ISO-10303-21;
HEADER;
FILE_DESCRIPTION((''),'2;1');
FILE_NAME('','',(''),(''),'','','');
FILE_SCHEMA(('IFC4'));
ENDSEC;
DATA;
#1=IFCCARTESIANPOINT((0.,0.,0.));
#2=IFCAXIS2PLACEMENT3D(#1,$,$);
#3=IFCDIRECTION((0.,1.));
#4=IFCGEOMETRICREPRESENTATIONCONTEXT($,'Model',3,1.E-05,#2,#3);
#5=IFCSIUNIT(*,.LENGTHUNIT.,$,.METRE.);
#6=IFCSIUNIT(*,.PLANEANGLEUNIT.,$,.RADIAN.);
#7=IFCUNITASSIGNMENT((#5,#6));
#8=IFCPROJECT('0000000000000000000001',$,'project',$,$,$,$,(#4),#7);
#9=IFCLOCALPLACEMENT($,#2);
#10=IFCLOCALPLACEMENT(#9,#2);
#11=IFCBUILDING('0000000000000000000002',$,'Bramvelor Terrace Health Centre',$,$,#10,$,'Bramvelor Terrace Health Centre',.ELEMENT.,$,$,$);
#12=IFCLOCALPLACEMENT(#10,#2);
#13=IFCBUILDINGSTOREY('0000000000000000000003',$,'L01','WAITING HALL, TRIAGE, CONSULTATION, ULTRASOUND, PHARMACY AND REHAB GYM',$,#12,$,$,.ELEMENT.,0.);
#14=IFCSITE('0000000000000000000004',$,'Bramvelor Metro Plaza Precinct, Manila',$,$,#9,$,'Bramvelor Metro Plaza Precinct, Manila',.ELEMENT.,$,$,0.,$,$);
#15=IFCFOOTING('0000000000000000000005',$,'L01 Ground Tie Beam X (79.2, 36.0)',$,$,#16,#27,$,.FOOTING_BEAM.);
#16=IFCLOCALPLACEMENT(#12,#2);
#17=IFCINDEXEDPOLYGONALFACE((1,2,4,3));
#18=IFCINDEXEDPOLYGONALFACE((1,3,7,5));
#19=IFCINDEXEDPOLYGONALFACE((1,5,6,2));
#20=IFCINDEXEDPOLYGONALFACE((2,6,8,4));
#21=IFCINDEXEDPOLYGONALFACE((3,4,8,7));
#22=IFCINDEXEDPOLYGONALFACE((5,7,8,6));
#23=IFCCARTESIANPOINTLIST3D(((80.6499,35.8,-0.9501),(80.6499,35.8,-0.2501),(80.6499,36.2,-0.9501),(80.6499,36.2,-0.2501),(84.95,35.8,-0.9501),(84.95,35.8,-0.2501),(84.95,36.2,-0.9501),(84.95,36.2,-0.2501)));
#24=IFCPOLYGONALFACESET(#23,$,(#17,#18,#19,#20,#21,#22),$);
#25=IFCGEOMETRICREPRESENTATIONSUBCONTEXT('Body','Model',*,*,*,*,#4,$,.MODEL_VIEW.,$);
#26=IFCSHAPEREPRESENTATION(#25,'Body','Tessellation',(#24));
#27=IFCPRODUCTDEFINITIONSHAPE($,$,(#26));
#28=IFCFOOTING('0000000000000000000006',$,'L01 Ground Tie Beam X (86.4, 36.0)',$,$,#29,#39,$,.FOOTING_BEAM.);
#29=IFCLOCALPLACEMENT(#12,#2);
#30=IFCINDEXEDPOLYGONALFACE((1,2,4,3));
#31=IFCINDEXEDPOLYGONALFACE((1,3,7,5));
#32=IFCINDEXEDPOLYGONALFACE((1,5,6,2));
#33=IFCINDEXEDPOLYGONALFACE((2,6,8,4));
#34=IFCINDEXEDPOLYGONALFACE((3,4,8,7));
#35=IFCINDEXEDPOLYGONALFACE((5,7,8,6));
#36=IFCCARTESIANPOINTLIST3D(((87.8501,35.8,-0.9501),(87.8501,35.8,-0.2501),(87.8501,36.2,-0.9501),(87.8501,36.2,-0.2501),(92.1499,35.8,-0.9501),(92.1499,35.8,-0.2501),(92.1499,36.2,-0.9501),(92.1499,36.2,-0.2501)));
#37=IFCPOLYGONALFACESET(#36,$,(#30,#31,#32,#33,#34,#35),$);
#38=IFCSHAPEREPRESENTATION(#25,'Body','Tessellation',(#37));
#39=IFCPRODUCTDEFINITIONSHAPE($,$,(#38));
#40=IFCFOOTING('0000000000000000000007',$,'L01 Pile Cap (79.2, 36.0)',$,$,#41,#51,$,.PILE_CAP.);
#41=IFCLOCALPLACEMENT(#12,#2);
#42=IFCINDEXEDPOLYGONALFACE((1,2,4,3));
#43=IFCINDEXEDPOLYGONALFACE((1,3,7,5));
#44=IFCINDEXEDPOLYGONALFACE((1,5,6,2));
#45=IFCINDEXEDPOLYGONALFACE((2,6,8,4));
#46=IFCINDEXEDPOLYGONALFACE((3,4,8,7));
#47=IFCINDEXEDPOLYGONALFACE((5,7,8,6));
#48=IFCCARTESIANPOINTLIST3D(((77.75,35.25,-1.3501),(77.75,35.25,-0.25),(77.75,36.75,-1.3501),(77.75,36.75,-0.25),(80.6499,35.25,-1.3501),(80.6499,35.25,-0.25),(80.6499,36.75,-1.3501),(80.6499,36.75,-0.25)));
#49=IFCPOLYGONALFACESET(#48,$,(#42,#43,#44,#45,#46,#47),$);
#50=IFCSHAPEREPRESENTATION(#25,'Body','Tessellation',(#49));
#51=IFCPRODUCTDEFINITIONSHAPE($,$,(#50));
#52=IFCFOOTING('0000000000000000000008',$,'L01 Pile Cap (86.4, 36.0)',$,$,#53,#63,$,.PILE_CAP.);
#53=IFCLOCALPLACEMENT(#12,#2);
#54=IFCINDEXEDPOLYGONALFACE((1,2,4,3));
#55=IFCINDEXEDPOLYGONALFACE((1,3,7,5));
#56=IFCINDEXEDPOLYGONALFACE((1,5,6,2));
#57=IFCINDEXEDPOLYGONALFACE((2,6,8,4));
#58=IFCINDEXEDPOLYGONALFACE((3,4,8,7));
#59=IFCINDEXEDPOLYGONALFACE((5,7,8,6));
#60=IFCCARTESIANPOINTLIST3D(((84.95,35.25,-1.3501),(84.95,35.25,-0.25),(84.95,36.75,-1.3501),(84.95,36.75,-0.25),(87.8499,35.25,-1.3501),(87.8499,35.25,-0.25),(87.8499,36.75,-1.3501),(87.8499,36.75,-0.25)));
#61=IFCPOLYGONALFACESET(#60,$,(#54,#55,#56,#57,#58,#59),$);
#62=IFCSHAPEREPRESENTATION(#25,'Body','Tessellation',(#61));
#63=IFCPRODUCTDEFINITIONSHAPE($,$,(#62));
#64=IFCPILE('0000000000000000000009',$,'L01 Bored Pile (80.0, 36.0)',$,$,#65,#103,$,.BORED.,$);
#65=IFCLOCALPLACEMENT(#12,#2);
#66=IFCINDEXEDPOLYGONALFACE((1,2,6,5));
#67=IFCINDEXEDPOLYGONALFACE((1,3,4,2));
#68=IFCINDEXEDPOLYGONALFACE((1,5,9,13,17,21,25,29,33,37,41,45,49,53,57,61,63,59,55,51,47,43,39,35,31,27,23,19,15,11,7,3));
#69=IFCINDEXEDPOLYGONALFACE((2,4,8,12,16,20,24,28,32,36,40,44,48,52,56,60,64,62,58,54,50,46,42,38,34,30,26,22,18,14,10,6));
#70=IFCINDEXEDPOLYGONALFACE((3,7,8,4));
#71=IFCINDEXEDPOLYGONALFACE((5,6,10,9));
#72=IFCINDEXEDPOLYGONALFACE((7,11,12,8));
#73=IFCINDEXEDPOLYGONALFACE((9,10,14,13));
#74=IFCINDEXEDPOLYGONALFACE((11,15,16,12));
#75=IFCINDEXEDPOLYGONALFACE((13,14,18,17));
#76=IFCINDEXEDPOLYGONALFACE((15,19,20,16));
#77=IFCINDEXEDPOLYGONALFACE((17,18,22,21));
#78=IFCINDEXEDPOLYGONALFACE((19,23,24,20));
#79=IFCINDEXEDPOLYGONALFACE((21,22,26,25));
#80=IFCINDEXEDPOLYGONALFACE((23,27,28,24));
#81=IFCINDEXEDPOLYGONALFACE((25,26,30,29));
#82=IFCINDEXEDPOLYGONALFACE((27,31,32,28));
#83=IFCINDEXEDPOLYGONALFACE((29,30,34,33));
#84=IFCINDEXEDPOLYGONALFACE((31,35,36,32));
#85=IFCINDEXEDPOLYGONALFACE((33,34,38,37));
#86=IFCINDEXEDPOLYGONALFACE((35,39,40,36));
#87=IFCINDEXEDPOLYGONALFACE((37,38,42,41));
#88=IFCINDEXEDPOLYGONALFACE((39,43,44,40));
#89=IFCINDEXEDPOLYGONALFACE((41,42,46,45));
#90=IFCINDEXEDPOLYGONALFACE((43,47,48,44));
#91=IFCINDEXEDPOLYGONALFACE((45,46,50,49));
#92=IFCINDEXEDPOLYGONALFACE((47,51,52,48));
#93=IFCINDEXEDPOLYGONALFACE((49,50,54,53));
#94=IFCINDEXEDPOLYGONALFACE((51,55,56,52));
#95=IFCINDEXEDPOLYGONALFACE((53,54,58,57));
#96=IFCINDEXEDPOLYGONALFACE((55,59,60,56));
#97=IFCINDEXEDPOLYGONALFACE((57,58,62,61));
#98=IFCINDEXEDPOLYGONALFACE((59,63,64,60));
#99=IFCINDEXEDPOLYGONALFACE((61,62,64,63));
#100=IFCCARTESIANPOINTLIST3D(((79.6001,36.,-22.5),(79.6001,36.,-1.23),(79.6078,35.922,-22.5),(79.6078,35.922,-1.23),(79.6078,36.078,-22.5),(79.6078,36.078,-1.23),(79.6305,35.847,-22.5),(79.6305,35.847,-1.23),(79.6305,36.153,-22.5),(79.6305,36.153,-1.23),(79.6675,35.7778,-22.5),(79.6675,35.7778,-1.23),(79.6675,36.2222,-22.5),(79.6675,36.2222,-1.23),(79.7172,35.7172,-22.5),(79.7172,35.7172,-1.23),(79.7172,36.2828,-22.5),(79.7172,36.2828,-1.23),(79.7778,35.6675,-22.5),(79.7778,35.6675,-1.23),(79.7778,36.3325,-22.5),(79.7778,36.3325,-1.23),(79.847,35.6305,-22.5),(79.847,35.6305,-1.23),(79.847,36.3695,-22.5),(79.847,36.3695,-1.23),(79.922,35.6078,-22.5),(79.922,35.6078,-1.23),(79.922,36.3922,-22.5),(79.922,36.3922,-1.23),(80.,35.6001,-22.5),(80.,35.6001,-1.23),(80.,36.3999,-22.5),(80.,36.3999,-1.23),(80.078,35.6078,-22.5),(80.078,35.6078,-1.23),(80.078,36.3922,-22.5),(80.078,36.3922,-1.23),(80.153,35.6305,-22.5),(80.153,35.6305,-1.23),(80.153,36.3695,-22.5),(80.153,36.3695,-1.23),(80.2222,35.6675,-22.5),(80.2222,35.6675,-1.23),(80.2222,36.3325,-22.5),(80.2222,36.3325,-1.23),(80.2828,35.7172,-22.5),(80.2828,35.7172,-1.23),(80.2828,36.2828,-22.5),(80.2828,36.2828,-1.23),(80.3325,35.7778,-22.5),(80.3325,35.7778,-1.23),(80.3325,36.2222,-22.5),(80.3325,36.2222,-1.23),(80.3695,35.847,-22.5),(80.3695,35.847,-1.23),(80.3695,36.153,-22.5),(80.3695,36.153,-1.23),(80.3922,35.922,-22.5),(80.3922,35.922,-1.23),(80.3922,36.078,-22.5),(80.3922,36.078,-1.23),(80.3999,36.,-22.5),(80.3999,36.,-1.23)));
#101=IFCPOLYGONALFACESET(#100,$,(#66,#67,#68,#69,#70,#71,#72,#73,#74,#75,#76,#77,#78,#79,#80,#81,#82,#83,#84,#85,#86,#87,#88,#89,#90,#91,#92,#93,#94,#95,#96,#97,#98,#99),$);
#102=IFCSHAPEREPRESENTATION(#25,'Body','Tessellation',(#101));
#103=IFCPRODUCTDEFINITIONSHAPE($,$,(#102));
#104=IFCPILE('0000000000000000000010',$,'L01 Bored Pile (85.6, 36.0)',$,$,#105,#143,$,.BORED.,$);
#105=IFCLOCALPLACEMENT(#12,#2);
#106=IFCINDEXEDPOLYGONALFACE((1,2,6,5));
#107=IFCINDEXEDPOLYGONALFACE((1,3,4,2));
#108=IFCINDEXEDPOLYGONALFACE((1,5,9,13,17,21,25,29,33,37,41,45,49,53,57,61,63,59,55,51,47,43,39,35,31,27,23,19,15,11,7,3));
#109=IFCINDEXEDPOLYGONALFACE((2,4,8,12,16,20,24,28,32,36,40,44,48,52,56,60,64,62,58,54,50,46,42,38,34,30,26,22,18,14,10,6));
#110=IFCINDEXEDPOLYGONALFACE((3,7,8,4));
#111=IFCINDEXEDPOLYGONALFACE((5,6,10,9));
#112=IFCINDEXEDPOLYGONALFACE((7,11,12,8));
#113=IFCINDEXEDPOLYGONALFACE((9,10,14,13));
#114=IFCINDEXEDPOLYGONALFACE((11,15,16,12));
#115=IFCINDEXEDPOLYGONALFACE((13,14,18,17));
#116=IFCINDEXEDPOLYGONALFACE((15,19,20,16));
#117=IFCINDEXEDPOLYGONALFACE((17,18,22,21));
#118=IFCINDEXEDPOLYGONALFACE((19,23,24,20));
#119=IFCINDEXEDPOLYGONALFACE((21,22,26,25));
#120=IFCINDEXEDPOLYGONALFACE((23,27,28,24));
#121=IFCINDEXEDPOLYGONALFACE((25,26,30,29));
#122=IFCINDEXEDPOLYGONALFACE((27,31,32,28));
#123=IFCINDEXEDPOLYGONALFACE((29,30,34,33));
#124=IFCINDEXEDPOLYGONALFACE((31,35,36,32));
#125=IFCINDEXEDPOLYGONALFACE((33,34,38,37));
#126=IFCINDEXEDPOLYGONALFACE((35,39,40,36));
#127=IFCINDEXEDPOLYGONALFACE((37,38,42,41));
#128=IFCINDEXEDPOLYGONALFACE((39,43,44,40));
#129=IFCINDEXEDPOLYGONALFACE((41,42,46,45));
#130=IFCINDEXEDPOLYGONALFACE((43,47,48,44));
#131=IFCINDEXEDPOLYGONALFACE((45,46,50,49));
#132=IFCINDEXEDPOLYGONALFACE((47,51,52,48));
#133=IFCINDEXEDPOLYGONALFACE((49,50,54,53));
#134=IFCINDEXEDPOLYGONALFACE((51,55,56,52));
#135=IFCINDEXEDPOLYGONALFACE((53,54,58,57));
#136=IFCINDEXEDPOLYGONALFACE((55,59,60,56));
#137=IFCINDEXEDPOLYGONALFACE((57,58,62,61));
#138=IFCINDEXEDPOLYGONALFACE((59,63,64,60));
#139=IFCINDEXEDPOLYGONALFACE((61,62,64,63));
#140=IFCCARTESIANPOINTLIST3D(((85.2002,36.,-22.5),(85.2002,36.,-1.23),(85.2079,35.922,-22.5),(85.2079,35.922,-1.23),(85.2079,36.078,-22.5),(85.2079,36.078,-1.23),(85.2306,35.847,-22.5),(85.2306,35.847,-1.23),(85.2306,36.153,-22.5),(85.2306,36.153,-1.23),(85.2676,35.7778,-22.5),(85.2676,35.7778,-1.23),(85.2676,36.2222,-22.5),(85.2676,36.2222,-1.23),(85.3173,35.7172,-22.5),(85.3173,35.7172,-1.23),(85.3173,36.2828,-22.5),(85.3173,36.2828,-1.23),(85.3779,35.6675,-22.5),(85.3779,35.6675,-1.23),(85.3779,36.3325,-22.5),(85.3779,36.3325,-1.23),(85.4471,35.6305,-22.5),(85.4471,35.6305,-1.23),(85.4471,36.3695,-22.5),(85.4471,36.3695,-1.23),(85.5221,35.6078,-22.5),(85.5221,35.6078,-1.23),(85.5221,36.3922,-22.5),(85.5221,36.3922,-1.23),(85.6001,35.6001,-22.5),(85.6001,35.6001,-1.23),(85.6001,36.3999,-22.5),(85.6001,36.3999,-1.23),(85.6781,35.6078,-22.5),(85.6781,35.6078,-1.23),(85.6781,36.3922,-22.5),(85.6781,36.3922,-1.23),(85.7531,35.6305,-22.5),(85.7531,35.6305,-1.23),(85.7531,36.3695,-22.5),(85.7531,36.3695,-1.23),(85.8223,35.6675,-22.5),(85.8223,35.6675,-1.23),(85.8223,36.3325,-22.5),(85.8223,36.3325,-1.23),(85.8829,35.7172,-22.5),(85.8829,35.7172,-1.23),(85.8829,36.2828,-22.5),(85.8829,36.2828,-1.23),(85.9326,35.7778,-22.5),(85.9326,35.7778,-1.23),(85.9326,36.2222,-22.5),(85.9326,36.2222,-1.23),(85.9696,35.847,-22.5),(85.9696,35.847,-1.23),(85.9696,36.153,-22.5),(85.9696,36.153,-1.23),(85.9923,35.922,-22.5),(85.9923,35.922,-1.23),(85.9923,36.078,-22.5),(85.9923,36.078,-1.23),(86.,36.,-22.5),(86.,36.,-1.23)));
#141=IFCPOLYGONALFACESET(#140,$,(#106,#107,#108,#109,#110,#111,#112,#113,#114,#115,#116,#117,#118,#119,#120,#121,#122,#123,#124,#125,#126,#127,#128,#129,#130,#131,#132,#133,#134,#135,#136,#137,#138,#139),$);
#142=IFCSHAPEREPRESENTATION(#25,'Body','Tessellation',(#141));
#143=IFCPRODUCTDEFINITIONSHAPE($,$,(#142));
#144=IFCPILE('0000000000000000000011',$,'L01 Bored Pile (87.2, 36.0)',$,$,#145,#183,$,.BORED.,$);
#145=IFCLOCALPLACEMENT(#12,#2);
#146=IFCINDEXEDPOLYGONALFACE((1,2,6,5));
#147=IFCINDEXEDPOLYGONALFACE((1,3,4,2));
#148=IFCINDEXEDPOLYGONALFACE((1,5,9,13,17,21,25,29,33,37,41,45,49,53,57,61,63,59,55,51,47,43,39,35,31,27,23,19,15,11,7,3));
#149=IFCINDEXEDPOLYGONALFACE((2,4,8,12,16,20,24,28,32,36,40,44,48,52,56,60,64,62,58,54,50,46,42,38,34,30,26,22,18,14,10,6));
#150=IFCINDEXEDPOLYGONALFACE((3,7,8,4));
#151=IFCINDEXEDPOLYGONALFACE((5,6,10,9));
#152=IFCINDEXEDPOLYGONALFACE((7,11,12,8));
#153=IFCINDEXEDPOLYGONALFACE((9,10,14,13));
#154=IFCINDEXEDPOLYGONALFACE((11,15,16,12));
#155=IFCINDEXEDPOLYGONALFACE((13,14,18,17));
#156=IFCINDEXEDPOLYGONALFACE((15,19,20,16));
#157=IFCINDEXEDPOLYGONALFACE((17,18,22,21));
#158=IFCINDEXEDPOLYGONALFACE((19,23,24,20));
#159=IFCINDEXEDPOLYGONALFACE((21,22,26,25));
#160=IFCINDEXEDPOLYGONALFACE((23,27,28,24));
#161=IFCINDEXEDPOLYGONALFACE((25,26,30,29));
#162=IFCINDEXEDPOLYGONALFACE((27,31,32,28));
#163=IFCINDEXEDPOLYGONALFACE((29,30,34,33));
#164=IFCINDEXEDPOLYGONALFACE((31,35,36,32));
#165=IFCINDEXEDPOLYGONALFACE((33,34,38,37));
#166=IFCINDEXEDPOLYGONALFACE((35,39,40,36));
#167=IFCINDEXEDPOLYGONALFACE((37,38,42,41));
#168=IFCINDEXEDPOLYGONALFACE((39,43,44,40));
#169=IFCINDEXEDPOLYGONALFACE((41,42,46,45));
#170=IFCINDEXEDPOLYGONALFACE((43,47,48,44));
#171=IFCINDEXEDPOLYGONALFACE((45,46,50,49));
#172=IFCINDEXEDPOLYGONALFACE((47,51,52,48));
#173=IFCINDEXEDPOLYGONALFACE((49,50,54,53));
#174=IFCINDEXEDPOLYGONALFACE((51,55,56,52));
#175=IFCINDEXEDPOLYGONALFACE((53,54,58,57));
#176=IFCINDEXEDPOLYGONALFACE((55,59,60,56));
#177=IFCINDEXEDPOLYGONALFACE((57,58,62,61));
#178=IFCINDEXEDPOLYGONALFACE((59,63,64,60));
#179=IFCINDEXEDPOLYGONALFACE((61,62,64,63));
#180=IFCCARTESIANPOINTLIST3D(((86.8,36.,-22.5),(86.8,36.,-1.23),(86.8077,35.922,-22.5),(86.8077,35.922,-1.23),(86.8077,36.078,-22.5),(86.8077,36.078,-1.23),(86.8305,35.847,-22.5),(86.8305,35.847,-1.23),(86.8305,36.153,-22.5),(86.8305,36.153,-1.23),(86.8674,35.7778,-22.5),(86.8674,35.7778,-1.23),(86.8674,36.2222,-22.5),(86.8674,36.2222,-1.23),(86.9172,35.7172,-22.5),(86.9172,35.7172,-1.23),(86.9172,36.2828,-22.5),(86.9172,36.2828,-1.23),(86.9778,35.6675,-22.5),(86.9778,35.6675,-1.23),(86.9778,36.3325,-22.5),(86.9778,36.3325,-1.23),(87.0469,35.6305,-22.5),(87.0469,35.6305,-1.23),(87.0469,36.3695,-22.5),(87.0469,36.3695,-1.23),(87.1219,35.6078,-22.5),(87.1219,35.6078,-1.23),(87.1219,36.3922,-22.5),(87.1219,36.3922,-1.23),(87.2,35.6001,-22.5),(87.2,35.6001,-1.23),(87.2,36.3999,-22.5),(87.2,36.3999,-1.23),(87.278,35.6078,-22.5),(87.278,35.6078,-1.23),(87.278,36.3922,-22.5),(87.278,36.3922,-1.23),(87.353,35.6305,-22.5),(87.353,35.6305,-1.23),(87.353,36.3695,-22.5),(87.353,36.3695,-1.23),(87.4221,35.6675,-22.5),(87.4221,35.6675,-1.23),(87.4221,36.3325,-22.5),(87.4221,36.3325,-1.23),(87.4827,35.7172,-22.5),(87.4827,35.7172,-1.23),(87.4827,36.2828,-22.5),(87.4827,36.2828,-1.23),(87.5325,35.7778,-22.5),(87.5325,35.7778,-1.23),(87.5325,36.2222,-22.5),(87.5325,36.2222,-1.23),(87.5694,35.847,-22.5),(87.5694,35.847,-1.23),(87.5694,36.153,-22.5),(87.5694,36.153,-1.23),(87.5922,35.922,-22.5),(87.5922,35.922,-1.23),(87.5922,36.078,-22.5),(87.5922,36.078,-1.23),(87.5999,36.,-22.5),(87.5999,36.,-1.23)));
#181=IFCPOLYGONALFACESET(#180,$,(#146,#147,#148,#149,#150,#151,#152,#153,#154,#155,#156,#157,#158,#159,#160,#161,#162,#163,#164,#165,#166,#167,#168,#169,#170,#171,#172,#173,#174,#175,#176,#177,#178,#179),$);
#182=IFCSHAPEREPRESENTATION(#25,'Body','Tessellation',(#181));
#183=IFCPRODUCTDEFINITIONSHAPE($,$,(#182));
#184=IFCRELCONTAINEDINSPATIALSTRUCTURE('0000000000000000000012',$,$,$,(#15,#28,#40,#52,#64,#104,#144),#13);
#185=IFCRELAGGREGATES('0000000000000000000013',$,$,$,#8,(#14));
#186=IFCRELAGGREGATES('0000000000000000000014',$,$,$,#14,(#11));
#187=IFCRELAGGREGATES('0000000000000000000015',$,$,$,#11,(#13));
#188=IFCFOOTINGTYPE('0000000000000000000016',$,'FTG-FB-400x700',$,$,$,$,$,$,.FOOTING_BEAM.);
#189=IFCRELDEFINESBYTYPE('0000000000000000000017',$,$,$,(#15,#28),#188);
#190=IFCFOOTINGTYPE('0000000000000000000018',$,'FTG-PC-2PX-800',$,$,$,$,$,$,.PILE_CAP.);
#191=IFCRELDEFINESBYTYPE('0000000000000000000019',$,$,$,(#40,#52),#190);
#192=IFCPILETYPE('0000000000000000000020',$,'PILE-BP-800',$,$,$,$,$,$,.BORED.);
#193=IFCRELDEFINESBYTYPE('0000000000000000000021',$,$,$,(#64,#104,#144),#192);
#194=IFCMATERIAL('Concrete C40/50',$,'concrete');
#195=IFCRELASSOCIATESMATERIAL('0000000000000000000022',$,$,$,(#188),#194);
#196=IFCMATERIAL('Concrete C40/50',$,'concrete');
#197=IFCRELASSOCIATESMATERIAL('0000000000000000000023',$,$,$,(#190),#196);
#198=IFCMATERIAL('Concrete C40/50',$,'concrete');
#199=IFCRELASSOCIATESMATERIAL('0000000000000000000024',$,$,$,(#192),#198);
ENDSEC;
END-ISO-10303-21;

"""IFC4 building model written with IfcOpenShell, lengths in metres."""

from ifc_helpers import new_model, si_unit, direction, frame, origin, origin_2d, place, context, subcontext, project, spatial, rectangle, circle, extrude, material, material_profile, profile_set, type_object, element, save


model = new_model("IFC4")

# Units and contexts
model_context = context("Model", 3, precision=1e-05, world=origin(), true_north=direction((0.0, 1.0)))
body_context = subcontext(model_context, "Body", "Model", "MODEL_VIEW")
ifc_project = project(units=[si_unit("LENGTHUNIT", "METRE"), si_unit("PLANEANGLEUNIT", "RADIAN")], contexts=[model_context])

# Site, building, storey
site_placement = place(None, origin())
site = spatial("IfcSite", under=ifc_project, at=site_placement, Name="Bramvelor Metro Plaza Precinct, Manila", LongName="Bramvelor Metro Plaza Precinct, Manila", CompositionType="ELEMENT", RefElevation=0.0)
building_placement = place(site_placement, origin())
building = spatial("IfcBuilding", under=site, at=building_placement, Name="Bramvelor Terrace Health Centre", LongName="Bramvelor Terrace Health Centre", CompositionType="ELEMENT")
storey_placement = place(building_placement, origin())
storey = spatial("IfcBuildingStorey", under=building, at=storey_placement, Name="L01", Description="WAITING HALL, TRIAGE, CONSULTATION, ULTRASOUND, PHARMACY AND REHAB GYM", CompositionType="ELEMENT", Elevation=0.0)

# Footings
ifc_material_1 = material(Name="Concrete C40/50", Category="concrete")
ifc_material_profile_1 = material_profile(ifc_material_1, rectangle(XDim=0.3999, YDim=0.7, at=origin_2d()), Name="RC 400x700")
ifc_profile_set_1 = profile_set([ifc_material_profile_1], Name="Concrete C40/50")
footing_type_1 = type_object("IfcFootingType", Name="FTG-FB-400x700", PredefinedType="FOOTING_BEAM", material=ifc_profile_set_1)
footing_1_placement = place(storey_placement, frame((80.6499, 36.0, -0.6001), z_axis=(1.0, 0.0, 0.0), x_axis=(0.0, 1.0, 0.0)))
element("IfcFooting", 1, at=footing_1_placement, inside=storey, type_object=footing_type_1, Name="L01 Ground Tie Beam X (79.2, 36.0)", PredefinedType="FOOTING_BEAM", context=body_context, shape_type="SweptSolid", body=[
    extrude(rectangle(XDim=0.3999, YDim=0.7, at=origin_2d()), origin(), (0.0, 0.0, 1.0), 4.3),
])
footing_2_placement = place(storey_placement, frame((87.8501, 36.0, -0.6001), z_axis=(1.0, 0.0, 0.0), x_axis=(0.0, 1.0, 0.0)))
element("IfcFooting", 2, at=footing_2_placement, inside=storey, type_object=footing_type_1, Name="L01 Ground Tie Beam X (86.4, 36.0)", PredefinedType="FOOTING_BEAM", context=body_context, shape_type="SweptSolid", body=[
    extrude(rectangle(XDim=0.3999, YDim=0.7, at=origin_2d()), origin(), (0.0, 0.0, 1.0), 4.2998),
])
ifc_material_2 = material(Name="Concrete C40/50", Category="concrete")
footing_type_2 = type_object("IfcFootingType", Name="FTG-PC-2PX-800", PredefinedType="PILE_CAP", material=ifc_material_2)
for number, where, z_axis, x_axis, name in (
    (3, (79.2, 36.0, -1.3501), (0.0, 0.0, 1.0), (1.0, 0.0, 0.0), "L01 Pile Cap (79.2, 36.0)"),
    (4, (86.3999, 36.0, -1.3501), (0.0, 0.0, 1.0), (1.0, 0.0, 0.0), "L01 Pile Cap (86.4, 36.0)"),
):
    element("IfcFooting", number, at=place(storey_placement, frame(where, z_axis=z_axis, x_axis=x_axis)), inside=storey, type_object=footing_type_2, Name=name, PredefinedType="PILE_CAP", context=body_context, shape_type="SweptSolid", body=[
        extrude(rectangle(XDim=2.8999, YDim=1.5, at=origin_2d()), origin(), (0.0, 0.0, 1.0), 1.1001),
    ])

# Piles
ifc_material_3 = material(Name="Concrete C40/50", Category="concrete")
ifc_material_profile_2 = material_profile(ifc_material_3, circle(Radius=0.3999, at=origin_2d()), Name="BP D800")
ifc_profile_set_2 = profile_set([ifc_material_profile_2], Name="Concrete C40/50")
pile_type = type_object("IfcPileType", Name="PILE-BP-800", PredefinedType="BORED", material=ifc_profile_set_2)
for number, where, z_axis, x_axis, name in (
    (5, (80.0, 36.0, -1.23), (0.0, 0.0, -1.0), (1.0, 0.0, 0.0), "L01 Bored Pile (80.0, 36.0)"),
    (6, (85.6001, 36.0, -1.23), (0.0, 0.0, -1.0), (1.0, 0.0, 0.0), "L01 Bored Pile (85.6, 36.0)"),
    (7, (87.2, 36.0, -1.23), (0.0, 0.0, -1.0), (1.0, 0.0, 0.0), "L01 Bored Pile (87.2, 36.0)"),
):
    element("IfcPile", number, at=place(storey_placement, frame(where, z_axis=z_axis, x_axis=x_axis)), inside=storey, type_object=pile_type, Name=name, PredefinedType="BORED", context=body_context, shape_type="SweptSolid", body=[
        extrude(circle(Radius=0.3999, at=origin_2d()), origin(), (0.0, 0.0, 1.0), 21.27),
    ])

save(model, "model.ifc")
